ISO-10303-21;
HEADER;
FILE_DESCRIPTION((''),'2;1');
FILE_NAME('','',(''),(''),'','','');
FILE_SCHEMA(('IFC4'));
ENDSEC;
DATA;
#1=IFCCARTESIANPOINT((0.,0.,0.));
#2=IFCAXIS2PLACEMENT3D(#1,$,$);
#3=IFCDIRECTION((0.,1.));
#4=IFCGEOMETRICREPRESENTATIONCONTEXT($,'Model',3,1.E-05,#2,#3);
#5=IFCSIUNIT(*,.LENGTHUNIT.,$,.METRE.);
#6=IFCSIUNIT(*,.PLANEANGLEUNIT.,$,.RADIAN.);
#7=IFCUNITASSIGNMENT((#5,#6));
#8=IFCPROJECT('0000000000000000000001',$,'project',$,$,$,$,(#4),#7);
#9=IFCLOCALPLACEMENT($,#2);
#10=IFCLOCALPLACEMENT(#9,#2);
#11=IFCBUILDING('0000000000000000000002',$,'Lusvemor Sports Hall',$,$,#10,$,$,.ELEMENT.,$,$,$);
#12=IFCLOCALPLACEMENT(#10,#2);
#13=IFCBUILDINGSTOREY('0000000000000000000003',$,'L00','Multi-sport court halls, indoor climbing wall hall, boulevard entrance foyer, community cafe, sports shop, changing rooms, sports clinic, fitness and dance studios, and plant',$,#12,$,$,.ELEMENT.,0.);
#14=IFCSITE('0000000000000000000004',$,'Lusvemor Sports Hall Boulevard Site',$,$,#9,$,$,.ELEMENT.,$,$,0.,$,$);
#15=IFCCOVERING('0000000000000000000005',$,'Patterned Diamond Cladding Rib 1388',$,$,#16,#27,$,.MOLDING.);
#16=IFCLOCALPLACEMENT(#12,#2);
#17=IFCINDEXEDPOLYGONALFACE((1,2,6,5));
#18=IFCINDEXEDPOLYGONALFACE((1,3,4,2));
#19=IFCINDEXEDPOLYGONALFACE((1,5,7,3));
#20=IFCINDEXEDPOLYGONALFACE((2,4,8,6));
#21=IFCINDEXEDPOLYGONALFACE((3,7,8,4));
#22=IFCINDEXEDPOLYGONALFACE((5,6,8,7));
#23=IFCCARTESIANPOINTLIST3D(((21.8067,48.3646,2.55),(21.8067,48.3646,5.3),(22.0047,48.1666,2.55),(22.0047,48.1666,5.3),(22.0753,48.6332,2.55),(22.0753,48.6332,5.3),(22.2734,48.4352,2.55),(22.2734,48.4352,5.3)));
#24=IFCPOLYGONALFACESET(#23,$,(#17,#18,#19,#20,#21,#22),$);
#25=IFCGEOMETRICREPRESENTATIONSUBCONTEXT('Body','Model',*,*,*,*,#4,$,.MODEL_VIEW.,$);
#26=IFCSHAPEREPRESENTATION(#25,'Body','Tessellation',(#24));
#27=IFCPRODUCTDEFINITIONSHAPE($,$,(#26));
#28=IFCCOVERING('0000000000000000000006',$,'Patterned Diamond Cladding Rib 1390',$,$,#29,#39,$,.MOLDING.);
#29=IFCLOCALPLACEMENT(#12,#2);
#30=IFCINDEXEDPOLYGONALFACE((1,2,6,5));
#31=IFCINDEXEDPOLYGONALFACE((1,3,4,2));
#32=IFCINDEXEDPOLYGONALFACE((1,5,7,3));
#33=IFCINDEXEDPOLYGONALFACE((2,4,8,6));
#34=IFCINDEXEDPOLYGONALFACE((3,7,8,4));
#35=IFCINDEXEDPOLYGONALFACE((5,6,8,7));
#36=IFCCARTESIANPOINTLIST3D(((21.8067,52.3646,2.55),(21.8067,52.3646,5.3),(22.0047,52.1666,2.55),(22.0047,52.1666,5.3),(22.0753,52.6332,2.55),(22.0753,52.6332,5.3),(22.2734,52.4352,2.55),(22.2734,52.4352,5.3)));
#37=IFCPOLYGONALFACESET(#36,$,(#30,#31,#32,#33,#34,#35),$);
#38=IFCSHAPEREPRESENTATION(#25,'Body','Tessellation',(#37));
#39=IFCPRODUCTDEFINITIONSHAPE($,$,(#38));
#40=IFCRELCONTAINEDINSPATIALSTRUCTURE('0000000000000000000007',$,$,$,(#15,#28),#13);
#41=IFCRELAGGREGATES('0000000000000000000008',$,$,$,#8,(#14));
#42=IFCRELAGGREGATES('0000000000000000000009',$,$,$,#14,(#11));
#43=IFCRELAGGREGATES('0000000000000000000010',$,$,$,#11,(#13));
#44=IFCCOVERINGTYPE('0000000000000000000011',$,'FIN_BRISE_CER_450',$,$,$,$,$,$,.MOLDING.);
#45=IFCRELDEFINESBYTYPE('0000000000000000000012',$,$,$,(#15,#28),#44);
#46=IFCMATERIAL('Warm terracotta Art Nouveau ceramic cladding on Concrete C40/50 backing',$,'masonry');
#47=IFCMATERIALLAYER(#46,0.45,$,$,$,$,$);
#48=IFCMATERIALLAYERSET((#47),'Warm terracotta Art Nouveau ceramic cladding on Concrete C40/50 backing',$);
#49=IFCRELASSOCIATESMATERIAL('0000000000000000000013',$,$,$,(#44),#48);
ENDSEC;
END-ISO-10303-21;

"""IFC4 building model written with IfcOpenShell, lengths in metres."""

from ifc_helpers import new_model, si_unit, direction, frame, origin, origin_2d, place, context, subcontext, project, spatial, rectangle, extrude, material, layer, layer_set, type_object, element, save


model = new_model("IFC4")

# Units and contexts
model_context = context("Model", 3, precision=1e-05, world=origin(), true_north=direction((0.0, 1.0)))
body_context = subcontext(model_context, "Body", "Model", "MODEL_VIEW")
ifc_project = project(units=[si_unit("LENGTHUNIT", "METRE"), si_unit("PLANEANGLEUNIT", "RADIAN")], contexts=[model_context])

# Site, building, storey
site_placement = place(None, origin())
site = spatial("IfcSite", under=ifc_project, at=site_placement, Name="Lusvemor Sports Hall Boulevard Site", CompositionType="ELEMENT", RefElevation=0.0)
building_placement = place(site_placement, origin())
building = spatial("IfcBuilding", under=site, at=building_placement, Name="Lusvemor Sports Hall", CompositionType="ELEMENT")
storey_placement = place(building_placement, origin())
storey = spatial("IfcBuildingStorey", under=building, at=storey_placement, Name="L00", Description="Multi-sport court halls, indoor climbing wall hall, boulevard entrance foyer, community cafe, sports shop, changing rooms, sports clinic, fitness and dance studios, and plant", CompositionType="ELEMENT", Elevation=0.0)

# Coverings
ifc_material_1 = material(Name="Warm terracotta Art Nouveau ceramic cladding on Concrete C40/50 backing", Category="masonry")
ifc_layer_1 = layer(ifc_material_1, 0.45)
ifc_layer_set_1 = layer_set([ifc_layer_1], Name="Warm terracotta Art Nouveau ceramic cladding on Concrete C40/50 backing")
covering_type_1 = type_object("IfcCoveringType", Name="FIN_BRISE_CER_450", PredefinedType="MOLDING", material=ifc_layer_set_1)
for number, where, z_axis, x_axis, name in (
    (1, (22.04, 48.3999, 2.55), (0.0, 0.0, 1.0), (0.707107, 0.707107, 0.0), "Patterned Diamond Cladding Rib 1388"),
    (2, (22.04, 52.3999, 2.55), (0.0, 0.0, 1.0), (0.707107, 0.707107, 0.0), "Patterned Diamond Cladding Rib 1390"),
):
    element("IfcCovering", number, at=place(storey_placement, frame(where, z_axis=z_axis, x_axis=x_axis)), inside=storey, type_object=covering_type_1, Name=name, PredefinedType="MOLDING", context=body_context, shape_type="SweptSolid", body=[
        extrude(rectangle(XDim=0.3799, YDim=0.28, at=origin_2d()), origin(), (0.0, 0.0, 1.0), 2.75),
    ])

save(model, "model.ifc")
